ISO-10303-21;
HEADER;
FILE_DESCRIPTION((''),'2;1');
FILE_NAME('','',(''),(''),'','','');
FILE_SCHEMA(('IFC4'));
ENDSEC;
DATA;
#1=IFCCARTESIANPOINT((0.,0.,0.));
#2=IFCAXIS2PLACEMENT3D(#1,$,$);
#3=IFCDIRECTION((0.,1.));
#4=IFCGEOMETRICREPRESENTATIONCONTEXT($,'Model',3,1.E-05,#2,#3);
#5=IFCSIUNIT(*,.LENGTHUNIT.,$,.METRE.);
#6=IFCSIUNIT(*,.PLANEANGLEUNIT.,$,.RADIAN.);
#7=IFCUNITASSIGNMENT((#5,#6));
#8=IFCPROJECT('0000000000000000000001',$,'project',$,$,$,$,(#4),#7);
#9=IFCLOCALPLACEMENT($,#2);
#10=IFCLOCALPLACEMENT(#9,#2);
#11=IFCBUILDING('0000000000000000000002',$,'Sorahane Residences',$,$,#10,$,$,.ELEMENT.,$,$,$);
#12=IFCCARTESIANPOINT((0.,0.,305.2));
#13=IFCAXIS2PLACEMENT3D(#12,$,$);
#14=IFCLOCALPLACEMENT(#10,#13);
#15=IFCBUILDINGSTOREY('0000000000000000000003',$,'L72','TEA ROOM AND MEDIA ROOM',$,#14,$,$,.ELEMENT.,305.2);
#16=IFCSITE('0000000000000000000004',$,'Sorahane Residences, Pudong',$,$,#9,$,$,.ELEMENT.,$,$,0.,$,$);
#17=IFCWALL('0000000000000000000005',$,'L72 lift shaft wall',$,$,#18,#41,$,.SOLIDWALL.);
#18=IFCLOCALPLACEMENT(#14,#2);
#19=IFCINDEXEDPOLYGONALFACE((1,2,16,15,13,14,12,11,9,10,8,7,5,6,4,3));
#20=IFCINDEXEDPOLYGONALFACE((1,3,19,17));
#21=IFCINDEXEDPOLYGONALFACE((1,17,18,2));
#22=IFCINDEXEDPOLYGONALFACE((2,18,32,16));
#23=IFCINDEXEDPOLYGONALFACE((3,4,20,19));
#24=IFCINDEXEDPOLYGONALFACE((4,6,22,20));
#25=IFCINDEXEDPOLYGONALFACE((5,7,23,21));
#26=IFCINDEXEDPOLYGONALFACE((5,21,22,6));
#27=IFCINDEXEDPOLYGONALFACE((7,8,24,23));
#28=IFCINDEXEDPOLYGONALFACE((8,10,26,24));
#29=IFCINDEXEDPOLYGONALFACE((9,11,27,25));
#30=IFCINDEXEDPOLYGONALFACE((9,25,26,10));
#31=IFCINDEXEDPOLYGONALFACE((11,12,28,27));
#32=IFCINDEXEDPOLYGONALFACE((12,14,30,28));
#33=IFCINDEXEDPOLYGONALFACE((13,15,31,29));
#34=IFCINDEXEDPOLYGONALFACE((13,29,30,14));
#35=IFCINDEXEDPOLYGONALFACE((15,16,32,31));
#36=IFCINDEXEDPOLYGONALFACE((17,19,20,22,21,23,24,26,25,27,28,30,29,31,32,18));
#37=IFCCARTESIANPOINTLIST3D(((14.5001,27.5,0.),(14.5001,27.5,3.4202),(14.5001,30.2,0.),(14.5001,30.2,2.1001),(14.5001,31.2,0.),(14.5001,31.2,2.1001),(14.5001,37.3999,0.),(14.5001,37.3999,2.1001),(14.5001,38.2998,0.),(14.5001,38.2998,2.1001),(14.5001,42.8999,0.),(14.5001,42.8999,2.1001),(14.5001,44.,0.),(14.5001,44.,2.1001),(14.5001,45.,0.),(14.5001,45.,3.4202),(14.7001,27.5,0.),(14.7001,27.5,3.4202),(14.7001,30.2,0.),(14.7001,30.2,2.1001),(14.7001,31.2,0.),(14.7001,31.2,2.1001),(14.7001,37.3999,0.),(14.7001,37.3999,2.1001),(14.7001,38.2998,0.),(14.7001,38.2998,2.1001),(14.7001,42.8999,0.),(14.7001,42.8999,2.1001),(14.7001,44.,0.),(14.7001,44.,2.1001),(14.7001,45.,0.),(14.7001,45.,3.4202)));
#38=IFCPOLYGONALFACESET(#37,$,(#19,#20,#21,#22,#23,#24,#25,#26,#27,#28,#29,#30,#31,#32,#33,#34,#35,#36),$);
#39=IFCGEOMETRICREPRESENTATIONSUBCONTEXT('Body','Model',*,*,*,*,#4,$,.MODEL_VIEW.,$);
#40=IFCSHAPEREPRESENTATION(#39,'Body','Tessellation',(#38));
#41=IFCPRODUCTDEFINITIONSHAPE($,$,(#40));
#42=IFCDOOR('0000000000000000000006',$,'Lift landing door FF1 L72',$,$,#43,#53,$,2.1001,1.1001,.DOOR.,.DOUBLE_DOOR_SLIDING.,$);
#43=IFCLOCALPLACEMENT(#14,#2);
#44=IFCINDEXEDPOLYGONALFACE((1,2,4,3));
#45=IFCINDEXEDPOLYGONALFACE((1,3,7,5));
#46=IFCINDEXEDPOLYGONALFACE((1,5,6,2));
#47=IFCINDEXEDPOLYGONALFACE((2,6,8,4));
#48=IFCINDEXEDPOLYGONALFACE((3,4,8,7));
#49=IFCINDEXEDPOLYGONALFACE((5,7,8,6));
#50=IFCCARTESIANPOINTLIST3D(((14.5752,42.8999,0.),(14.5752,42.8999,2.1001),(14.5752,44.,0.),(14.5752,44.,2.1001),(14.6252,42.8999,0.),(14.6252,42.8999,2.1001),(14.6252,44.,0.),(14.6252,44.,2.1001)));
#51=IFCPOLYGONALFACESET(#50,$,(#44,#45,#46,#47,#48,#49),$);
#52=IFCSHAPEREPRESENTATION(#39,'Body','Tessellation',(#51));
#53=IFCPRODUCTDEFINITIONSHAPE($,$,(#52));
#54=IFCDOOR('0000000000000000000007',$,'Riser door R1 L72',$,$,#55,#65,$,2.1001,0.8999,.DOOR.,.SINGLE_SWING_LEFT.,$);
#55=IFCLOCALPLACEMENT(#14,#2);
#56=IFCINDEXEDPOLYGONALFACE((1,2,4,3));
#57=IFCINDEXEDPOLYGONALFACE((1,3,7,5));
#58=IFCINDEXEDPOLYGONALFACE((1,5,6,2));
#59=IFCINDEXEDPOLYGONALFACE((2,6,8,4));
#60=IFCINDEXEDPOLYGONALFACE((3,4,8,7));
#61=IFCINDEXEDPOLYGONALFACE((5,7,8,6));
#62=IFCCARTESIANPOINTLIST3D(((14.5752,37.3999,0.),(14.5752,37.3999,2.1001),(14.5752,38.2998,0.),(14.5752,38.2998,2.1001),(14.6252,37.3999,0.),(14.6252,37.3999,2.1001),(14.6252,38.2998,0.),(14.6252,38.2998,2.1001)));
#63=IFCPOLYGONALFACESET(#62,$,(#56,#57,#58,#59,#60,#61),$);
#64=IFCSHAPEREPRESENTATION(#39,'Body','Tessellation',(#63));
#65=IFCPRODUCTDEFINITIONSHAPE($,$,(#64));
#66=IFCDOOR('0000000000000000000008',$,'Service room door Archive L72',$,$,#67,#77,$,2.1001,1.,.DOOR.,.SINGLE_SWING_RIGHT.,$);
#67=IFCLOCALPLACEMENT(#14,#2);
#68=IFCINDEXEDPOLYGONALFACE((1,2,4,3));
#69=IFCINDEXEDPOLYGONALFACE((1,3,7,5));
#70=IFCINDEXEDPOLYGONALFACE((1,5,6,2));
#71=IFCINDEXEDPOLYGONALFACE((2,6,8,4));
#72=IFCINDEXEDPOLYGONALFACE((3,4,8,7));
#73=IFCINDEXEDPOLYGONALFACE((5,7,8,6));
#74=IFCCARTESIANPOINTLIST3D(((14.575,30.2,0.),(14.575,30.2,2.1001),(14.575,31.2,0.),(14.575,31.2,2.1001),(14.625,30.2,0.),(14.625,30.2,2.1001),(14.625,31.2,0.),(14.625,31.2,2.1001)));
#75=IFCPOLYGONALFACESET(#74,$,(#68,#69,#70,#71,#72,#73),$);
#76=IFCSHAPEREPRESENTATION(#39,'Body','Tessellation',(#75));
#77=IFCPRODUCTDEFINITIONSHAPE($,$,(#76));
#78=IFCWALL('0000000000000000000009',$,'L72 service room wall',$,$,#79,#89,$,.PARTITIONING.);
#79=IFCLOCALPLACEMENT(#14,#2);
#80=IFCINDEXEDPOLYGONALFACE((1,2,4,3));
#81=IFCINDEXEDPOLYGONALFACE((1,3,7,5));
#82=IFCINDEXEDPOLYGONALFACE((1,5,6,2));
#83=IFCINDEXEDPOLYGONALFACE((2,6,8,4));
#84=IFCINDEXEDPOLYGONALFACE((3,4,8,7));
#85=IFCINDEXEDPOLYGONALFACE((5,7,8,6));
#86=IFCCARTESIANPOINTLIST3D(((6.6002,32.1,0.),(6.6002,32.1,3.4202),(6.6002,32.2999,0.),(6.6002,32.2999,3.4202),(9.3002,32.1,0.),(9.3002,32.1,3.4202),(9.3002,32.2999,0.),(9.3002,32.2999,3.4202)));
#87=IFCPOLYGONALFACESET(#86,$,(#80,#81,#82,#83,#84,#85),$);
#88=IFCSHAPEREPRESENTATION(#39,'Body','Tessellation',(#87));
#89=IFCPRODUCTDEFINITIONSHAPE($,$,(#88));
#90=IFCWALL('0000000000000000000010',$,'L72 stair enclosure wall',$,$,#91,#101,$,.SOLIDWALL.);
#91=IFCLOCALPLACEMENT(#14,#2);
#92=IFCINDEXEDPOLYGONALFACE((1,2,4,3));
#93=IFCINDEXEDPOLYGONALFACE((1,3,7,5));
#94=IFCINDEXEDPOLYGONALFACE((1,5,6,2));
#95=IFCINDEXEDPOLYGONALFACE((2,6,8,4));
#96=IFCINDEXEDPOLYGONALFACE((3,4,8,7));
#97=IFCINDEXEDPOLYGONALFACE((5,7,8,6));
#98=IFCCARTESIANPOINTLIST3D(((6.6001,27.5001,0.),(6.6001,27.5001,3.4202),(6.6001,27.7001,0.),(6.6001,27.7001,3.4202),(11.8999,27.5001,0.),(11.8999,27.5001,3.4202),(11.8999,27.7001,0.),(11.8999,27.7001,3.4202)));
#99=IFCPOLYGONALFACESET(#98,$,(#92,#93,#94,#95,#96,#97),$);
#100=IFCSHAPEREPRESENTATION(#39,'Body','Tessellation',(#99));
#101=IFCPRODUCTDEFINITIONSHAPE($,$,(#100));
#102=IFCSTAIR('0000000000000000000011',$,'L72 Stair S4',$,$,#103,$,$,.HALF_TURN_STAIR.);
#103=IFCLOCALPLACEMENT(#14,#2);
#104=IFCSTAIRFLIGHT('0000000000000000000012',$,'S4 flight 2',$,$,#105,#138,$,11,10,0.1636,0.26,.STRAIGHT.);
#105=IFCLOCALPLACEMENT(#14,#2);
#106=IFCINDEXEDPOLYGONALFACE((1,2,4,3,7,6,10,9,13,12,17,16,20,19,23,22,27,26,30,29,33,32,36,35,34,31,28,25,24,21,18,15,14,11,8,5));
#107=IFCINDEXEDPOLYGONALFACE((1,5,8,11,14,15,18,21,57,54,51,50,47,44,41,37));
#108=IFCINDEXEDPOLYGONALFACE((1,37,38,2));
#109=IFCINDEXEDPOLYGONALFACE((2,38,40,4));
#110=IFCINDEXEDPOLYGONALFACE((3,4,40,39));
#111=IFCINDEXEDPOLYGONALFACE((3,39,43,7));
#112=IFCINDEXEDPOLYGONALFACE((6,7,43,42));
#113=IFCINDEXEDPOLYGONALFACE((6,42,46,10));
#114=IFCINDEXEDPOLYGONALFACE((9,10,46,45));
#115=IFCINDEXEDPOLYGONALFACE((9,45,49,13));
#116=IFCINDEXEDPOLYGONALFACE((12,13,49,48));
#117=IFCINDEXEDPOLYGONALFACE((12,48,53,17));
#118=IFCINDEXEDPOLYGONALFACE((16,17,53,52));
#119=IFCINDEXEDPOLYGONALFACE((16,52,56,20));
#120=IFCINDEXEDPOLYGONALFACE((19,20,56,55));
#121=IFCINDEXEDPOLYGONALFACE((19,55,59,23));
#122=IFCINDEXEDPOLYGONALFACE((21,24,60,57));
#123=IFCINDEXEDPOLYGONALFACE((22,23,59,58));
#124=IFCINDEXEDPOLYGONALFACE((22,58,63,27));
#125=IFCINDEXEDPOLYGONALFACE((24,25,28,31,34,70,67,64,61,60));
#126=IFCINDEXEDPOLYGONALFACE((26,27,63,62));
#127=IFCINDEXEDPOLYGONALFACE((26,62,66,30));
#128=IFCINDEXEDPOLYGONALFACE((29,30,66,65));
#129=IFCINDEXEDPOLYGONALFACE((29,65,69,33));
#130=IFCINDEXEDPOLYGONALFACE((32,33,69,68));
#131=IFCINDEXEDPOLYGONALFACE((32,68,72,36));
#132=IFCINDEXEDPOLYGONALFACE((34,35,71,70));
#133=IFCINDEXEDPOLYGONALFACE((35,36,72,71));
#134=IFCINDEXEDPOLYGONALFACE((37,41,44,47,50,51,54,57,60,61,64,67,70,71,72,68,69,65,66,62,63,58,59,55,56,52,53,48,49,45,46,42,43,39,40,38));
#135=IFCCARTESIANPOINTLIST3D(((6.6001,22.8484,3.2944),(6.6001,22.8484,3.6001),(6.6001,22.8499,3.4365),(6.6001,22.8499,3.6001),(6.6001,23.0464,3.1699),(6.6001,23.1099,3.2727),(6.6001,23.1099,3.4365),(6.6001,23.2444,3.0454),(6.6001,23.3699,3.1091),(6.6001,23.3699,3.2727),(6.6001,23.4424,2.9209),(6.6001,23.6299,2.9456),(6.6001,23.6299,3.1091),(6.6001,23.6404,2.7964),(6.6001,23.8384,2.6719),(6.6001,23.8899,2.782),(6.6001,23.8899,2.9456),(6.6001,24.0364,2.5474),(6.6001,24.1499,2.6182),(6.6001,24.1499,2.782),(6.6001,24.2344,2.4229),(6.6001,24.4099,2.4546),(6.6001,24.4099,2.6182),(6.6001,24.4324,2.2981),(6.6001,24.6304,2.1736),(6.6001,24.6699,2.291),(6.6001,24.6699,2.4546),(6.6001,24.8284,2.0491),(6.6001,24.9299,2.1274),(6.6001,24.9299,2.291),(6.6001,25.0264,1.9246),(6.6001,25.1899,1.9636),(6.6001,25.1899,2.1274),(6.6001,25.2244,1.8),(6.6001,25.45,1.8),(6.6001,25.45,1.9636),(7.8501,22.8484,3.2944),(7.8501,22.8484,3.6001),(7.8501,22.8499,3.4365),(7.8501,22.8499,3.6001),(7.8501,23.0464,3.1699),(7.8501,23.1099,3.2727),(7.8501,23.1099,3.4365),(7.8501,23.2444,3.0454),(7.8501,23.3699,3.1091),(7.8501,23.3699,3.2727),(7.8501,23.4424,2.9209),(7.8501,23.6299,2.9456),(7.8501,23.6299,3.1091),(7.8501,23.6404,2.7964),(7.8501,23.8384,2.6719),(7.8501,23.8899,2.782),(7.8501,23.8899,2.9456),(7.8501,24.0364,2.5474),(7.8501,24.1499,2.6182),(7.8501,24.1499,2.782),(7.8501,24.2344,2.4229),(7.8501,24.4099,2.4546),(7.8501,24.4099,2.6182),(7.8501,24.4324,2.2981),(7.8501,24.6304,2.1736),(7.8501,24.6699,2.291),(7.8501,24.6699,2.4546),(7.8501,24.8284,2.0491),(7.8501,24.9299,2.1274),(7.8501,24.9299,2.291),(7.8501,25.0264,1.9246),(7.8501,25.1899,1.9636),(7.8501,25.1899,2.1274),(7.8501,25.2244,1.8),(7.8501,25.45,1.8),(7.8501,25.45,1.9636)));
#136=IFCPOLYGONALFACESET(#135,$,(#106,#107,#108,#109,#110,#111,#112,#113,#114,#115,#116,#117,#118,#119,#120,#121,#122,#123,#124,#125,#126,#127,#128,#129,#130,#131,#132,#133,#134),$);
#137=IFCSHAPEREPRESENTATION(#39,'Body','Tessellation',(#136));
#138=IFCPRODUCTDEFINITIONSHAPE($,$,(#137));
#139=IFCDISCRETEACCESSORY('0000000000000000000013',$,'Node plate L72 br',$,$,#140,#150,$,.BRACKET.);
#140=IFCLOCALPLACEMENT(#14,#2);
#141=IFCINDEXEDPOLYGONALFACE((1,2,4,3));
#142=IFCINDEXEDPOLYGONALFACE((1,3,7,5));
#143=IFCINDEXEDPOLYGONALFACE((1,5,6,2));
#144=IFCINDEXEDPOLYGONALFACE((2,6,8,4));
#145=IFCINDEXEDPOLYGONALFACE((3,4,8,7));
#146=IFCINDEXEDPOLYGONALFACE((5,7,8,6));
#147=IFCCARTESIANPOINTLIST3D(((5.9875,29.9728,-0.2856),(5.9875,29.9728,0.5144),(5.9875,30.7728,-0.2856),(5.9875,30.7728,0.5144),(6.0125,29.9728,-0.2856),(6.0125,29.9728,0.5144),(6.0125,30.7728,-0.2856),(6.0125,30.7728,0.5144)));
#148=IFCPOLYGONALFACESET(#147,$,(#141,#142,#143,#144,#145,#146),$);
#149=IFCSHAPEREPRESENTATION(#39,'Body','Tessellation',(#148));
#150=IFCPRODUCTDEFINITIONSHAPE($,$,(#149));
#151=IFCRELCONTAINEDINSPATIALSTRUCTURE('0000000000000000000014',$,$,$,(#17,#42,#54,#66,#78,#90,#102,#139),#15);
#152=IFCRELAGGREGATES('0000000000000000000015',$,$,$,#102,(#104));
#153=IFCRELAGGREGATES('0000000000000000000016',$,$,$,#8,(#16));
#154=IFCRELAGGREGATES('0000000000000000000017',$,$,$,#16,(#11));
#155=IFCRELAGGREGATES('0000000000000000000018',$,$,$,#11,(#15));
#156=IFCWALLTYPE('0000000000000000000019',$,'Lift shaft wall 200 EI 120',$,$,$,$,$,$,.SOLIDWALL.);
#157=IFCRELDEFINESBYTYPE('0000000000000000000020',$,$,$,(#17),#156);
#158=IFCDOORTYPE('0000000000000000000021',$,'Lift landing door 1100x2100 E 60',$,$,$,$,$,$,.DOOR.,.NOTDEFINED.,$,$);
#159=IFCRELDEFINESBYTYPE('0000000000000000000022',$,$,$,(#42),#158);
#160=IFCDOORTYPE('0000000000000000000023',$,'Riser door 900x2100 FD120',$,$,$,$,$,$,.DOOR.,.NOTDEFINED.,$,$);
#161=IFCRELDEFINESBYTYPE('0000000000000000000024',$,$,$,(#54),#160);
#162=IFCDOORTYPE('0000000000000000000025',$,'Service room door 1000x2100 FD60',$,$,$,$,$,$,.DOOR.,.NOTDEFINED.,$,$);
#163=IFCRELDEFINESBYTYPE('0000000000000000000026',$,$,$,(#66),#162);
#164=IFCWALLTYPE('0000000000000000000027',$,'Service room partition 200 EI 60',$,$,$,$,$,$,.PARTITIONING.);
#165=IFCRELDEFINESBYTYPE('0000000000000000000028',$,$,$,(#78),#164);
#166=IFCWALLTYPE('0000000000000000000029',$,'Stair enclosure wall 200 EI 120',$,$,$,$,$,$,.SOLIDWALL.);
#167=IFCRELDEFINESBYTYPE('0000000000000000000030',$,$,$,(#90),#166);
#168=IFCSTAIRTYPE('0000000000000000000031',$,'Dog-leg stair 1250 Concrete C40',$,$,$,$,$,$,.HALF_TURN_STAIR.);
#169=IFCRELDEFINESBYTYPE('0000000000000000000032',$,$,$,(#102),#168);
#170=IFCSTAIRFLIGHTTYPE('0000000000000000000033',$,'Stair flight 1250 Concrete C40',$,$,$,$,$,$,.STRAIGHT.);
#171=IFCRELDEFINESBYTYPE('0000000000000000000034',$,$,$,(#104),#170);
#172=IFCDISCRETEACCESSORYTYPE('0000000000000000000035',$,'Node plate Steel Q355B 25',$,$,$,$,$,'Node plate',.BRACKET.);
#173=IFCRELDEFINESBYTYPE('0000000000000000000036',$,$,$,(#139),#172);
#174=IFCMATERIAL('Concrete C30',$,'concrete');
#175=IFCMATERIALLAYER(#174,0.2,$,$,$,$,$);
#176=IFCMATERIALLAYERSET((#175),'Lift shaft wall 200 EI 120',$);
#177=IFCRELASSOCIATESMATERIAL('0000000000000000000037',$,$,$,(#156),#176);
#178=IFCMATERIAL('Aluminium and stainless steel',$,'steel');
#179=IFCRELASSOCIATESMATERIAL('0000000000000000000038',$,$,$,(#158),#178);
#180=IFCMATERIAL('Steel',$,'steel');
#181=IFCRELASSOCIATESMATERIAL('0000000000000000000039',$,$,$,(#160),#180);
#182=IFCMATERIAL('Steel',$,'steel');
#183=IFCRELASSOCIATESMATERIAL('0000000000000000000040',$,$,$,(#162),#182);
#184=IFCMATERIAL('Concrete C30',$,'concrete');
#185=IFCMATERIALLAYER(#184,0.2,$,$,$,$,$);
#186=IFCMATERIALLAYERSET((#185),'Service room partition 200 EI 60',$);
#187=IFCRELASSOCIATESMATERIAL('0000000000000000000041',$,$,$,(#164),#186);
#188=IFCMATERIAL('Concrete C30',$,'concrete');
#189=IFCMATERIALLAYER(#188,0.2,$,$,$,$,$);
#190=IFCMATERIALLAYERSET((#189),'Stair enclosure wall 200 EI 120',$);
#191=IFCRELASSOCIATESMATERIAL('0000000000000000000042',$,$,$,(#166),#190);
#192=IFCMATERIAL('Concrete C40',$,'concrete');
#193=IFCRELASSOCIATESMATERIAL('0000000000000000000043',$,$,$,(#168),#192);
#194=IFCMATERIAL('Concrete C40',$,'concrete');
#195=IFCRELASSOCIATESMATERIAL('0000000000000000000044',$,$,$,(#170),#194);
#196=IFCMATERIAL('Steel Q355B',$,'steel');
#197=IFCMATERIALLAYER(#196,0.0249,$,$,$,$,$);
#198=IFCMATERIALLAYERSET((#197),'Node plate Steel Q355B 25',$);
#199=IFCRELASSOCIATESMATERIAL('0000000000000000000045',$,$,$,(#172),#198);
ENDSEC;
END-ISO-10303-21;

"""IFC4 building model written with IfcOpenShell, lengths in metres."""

from ifc_helpers import new_model, si_unit, direction, frame, frame_2d, origin, origin_2d, place, context, subcontext, project, spatial, polyline, rectangle, outline, extrude, material, layer, layer_set, type_object, element, fill, aggregate, save


model = new_model("IFC4")

# Units and contexts
model_context = context("Model", 3, precision=1e-05, world=origin(), true_north=direction((0.0, 1.0)))
body_context = subcontext(model_context, "Body", "Model", "MODEL_VIEW")
ifc_project = project(units=[si_unit("LENGTHUNIT", "METRE"), si_unit("PLANEANGLEUNIT", "RADIAN")], contexts=[model_context])

# Site, building, storey
site_placement = place(None, origin())
site = spatial("IfcSite", under=ifc_project, at=site_placement, Name="Sorahane Residences, Pudong", CompositionType="ELEMENT", RefElevation=0.0)
building_placement = place(site_placement, origin())
building = spatial("IfcBuilding", under=site, at=building_placement, Name="Sorahane Residences", CompositionType="ELEMENT")
storey_placement = place(building_placement, frame((0.0, 0.0, 305.2)))
storey = spatial("IfcBuildingStorey", under=building, at=storey_placement, Name="L72", Description="TEA ROOM AND MEDIA ROOM", CompositionType="ELEMENT", Elevation=305.2)

# Wall, openings, doors
ifc_material_1 = material(Name="Concrete C30", Category="concrete")
ifc_layer_1 = layer(ifc_material_1, 0.2)
ifc_layer_set_1 = layer_set([ifc_layer_1], Name="Lift shaft wall 200 EI 120")
wall_type_1 = type_object("IfcWallType", Name="Lift shaft wall 200 EI 120", PredefinedType="SOLIDWALL", material=ifc_layer_set_1)
wall_1_placement = place(storey_placement, frame((14.6001, 27.5, 0.0), z_axis=(0.0, 0.0, 1.0), x_axis=(0.0, 1.0, 0.0)))
wall_1 = element("IfcWall", 1, at=wall_1_placement, inside=storey, type_object=wall_type_1, Name="L72 lift shaft wall", PredefinedType="SOLIDWALL", context=body_context, shape_type="SweptSolid", body=[
    extrude(rectangle(XDim=17.5, YDim=0.2, at=frame_2d((8.75, 0.0))), origin(), (0.0, 0.0, 1.0), 3.4202),
])
opening_1_placement = place(wall_1_placement, frame((15.3999, 0.0, 0.0)))
opening_1 = element("IfcOpeningElement", 2, at=opening_1_placement, cuts=wall_1, PredefinedType="OPENING", context=body_context, shape_type="SweptSolid", body=[
    extrude(rectangle(XDim=1.1001, YDim=2.1001, at=frame_2d((0.55, 1.05))), frame((0.0, 0.1099, 0.0), z_axis=(0.0, -1.0, 0.0), x_axis=(1.0, 0.0, 0.0)), (0.0, 0.0, 1.0), 0.22),
])
opening_2_placement = place(wall_1_placement, frame((2.7, 0.0, 0.0)))
opening_2 = element("IfcOpeningElement", 3, at=opening_2_placement, cuts=wall_1, PredefinedType="OPENING", context=body_context, shape_type="SweptSolid", body=[
    extrude(rectangle(XDim=1.0, YDim=2.1001, at=frame_2d((0.5, 1.05))), frame((0.0, 0.1099, 0.0), z_axis=(0.0, -1.0, 0.0), x_axis=(1.0, 0.0, 0.0)), (0.0, 0.0, 1.0), 0.22),
])
opening_3_placement = place(wall_1_placement, frame((9.8999, 0.0, 0.0)))
opening_3 = element("IfcOpeningElement", 4, at=opening_3_placement, cuts=wall_1, PredefinedType="OPENING", context=body_context, shape_type="SweptSolid", body=[
    extrude(rectangle(XDim=0.8999, YDim=2.1001, at=frame_2d((0.45, 1.05))), frame((0.0, 0.1099, 0.0), z_axis=(0.0, -1.0, 0.0), x_axis=(1.0, 0.0, 0.0)), (0.0, 0.0, 1.0), 0.22),
])
ifc_material_2 = material(Name="Aluminium and stainless steel", Category="steel")
door_type_1 = type_object("IfcDoorType", Name="Lift landing door 1100x2100 E 60", OperationType="NOTDEFINED", PredefinedType="DOOR", material=ifc_material_2)
door_1_placement = place(opening_1_placement, origin())
door_1 = element("IfcDoor", 5, at=door_1_placement, inside=storey, type_object=door_type_1, Name="Lift landing door FF1 L72", OperationType="DOUBLE_DOOR_SLIDING", OverallHeight=2.1001, OverallWidth=1.1001, PredefinedType="DOOR", context=body_context, shape_type="SweptSolid", body=[
    extrude(rectangle(XDim=1.1001, YDim=2.1001, at=frame_2d((0.55, 1.05))), frame((0.0, 0.0249, 0.0), z_axis=(0.0, -1.0, 0.0), x_axis=(1.0, 0.0, 0.0)), (0.0, 0.0, 1.0), 0.05),
])
fill(opening_1, door_1)
ifc_material_3 = material(Name="Steel", Category="steel")
door_type_2 = type_object("IfcDoorType", Name="Riser door 900x2100 FD120", OperationType="NOTDEFINED", PredefinedType="DOOR", material=ifc_material_3)
door_2_placement = place(opening_3_placement, origin())
door_2 = element("IfcDoor", 6, at=door_2_placement, inside=storey, type_object=door_type_2, Name="Riser door R1 L72", OperationType="SINGLE_SWING_LEFT", OverallHeight=2.1001, OverallWidth=0.8999, PredefinedType="DOOR", context=body_context, shape_type="SweptSolid", body=[
    extrude(rectangle(XDim=0.8999, YDim=2.1001, at=frame_2d((0.45, 1.05))), frame((0.0, 0.0249, 0.0), z_axis=(0.0, -1.0, 0.0), x_axis=(1.0, 0.0, 0.0)), (0.0, 0.0, 1.0), 0.05),
])
fill(opening_3, door_2)
ifc_material_4 = material(Name="Steel", Category="steel")
door_type_3 = type_object("IfcDoorType", Name="Service room door 1000x2100 FD60", OperationType="NOTDEFINED", PredefinedType="DOOR", material=ifc_material_4)
door_3_placement = place(opening_2_placement, frame((1.0, 0.0, 0.0), z_axis=(0.0, 0.0, 1.0), x_axis=(-1.0, 0.0, 0.0)))
door_3 = element("IfcDoor", 7, at=door_3_placement, inside=storey, type_object=door_type_3, Name="Service room door Archive L72", OperationType="SINGLE_SWING_RIGHT", OverallHeight=2.1001, OverallWidth=1.0, PredefinedType="DOOR", context=body_context, shape_type="SweptSolid", body=[
    extrude(rectangle(XDim=1.0, YDim=2.1001, at=frame_2d((0.5, 1.05))), frame((0.0, 0.0249, 0.0), z_axis=(0.0, -1.0, 0.0), x_axis=(1.0, 0.0, 0.0)), (0.0, 0.0, 1.0), 0.05),
])
fill(opening_2, door_3)

# Walls
ifc_material_5 = material(Name="Concrete C30", Category="concrete")
ifc_layer_2 = layer(ifc_material_5, 0.2)
ifc_layer_set_2 = layer_set([ifc_layer_2], Name="Service room partition 200 EI 60")
wall_type_2 = type_object("IfcWallType", Name="Service room partition 200 EI 60", PredefinedType="PARTITIONING", material=ifc_layer_set_2)
wall_2_placement = place(storey_placement, frame((6.6001, 32.2, 0.0), z_axis=(0.0, 0.0, 1.0), x_axis=(1.0, 0.0, 0.0)))
element("IfcWall", 8, at=wall_2_placement, inside=storey, type_object=wall_type_2, Name="L72 service room wall", PredefinedType="PARTITIONING", context=body_context, shape_type="SweptSolid", body=[
    extrude(rectangle(XDim=2.7, YDim=0.2, at=frame_2d((1.3501, 0.0))), origin(), (0.0, 0.0, 1.0), 3.4202),
])
ifc_material_6 = material(Name="Concrete C30", Category="concrete")
ifc_layer_3 = layer(ifc_material_6, 0.2)
ifc_layer_set_3 = layer_set([ifc_layer_3], Name="Stair enclosure wall 200 EI 120")
wall_type_3 = type_object("IfcWallType", Name="Stair enclosure wall 200 EI 120", PredefinedType="SOLIDWALL", material=ifc_layer_set_3)
wall_3_placement = place(storey_placement, frame((6.6001, 27.6001, 0.0), z_axis=(0.0, 0.0, 1.0), x_axis=(1.0, 0.0, 0.0)))
element("IfcWall", 9, at=wall_3_placement, inside=storey, type_object=wall_type_3, Name="L72 stair enclosure wall", PredefinedType="SOLIDWALL", context=body_context, shape_type="SweptSolid", body=[
    extrude(rectangle(XDim=5.2998, YDim=0.2, at=frame_2d((2.6499, 0.0))), origin(), (0.0, 0.0, 1.0), 3.4202),
])

# Stair, stair flight
ifc_material_7 = material(Name="Concrete C40", Category="concrete")
stair_type = type_object("IfcStairType", Name="Dog-leg stair 1250 Concrete C40", PredefinedType="HALF_TURN_STAIR", material=ifc_material_7)
stair_placement = place(storey_placement, origin())
stair = element("IfcStair", 10, at=stair_placement, inside=storey, type_object=stair_type, Name="L72 Stair S4", PredefinedType="HALF_TURN_STAIR")
ifc_material_8 = material(Name="Concrete C40", Category="concrete")
stair_flight_type = type_object("IfcStairFlightType", Name="Stair flight 1250 Concrete C40", PredefinedType="STRAIGHT", material=ifc_material_8)
stair_flight_placement = place(storey_placement, frame((7.2251, 25.45, 1.8), z_axis=(0.0, 0.0, 1.0), x_axis=(0.0, -1.0, 0.0)))
stair_flight = element("IfcStairFlight", 11, at=stair_flight_placement, type_object=stair_flight_type, Name="S4 flight 2", NumberOfRisers=11, NumberOfTreads=10, PredefinedType="STRAIGHT", RiserHeight=0.1636, TreadLength=0.26, context=body_context, shape_type="SweptSolid", body=[
    extrude(outline(polyline([(0.0, 0.0), (0.0, 0.1636), (0.26, 0.1636), (0.26, 0.3274), (0.52, 0.3274), (0.52, 0.491), (0.78, 0.491), (0.78, 0.6545), (1.04, 0.6545), (1.04, 0.8181), (1.3, 0.8181), (1.3, 0.9819), (1.5601, 0.9819), (1.5601, 1.1455), (1.8201, 1.1455), (1.8201, 1.3091), (2.0801, 1.3091), (2.0801, 1.4727), (2.3401, 1.4727), (2.3401, 1.6365), (2.6001, 1.6365), (2.6001, 1.8), (2.6016, 1.8), (2.6016, 1.4944), (2.4036, 1.3699), (2.2056, 1.2454), (2.0076, 1.1208), (1.8096, 0.9963), (1.6116, 0.8718), (1.4136, 0.7473), (1.2156, 0.6228), (1.0176, 0.498), (0.8196, 0.3735), (0.6216, 0.249), (0.4236, 0.1245), (0.2256, 0.0), (0.0, 0.0)])), frame((0.0, 0.625, 0.0), z_axis=(0.0, -1.0, 0.0), x_axis=(1.0, 0.0, 0.0)), (0.0, 0.0, 1.0), 1.25),
])
aggregate(stair, [stair_flight])

# Discrete accessory
ifc_material_9 = material(Name="Steel Q355B", Category="steel")
ifc_layer_4 = layer(ifc_material_9, 0.0249)
ifc_layer_set_4 = layer_set([ifc_layer_4], Name="Node plate Steel Q355B 25")
discrete_accessory_type = type_object("IfcDiscreteAccessoryType", Name="Node plate Steel Q355B 25", ElementType="Node plate", PredefinedType="BRACKET", material=ifc_layer_set_4)
discrete_accessory_placement = place(storey_placement, frame((6.0, 30.3728, -0.2856), z_axis=(0.0, 0.0, 1.0), x_axis=(0.0, 1.0, 0.0)))
element("IfcDiscreteAccessory", 12, at=discrete_accessory_placement, inside=storey, type_object=discrete_accessory_type, Name="Node plate L72 br", PredefinedType="BRACKET", context=body_context, shape_type="SweptSolid", body=[
    extrude(rectangle(XDim=0.8, YDim=0.0249, at=origin_2d()), origin(), (0.0, 0.0, 1.0), 0.8),
])

save(model, "model.ifc")
